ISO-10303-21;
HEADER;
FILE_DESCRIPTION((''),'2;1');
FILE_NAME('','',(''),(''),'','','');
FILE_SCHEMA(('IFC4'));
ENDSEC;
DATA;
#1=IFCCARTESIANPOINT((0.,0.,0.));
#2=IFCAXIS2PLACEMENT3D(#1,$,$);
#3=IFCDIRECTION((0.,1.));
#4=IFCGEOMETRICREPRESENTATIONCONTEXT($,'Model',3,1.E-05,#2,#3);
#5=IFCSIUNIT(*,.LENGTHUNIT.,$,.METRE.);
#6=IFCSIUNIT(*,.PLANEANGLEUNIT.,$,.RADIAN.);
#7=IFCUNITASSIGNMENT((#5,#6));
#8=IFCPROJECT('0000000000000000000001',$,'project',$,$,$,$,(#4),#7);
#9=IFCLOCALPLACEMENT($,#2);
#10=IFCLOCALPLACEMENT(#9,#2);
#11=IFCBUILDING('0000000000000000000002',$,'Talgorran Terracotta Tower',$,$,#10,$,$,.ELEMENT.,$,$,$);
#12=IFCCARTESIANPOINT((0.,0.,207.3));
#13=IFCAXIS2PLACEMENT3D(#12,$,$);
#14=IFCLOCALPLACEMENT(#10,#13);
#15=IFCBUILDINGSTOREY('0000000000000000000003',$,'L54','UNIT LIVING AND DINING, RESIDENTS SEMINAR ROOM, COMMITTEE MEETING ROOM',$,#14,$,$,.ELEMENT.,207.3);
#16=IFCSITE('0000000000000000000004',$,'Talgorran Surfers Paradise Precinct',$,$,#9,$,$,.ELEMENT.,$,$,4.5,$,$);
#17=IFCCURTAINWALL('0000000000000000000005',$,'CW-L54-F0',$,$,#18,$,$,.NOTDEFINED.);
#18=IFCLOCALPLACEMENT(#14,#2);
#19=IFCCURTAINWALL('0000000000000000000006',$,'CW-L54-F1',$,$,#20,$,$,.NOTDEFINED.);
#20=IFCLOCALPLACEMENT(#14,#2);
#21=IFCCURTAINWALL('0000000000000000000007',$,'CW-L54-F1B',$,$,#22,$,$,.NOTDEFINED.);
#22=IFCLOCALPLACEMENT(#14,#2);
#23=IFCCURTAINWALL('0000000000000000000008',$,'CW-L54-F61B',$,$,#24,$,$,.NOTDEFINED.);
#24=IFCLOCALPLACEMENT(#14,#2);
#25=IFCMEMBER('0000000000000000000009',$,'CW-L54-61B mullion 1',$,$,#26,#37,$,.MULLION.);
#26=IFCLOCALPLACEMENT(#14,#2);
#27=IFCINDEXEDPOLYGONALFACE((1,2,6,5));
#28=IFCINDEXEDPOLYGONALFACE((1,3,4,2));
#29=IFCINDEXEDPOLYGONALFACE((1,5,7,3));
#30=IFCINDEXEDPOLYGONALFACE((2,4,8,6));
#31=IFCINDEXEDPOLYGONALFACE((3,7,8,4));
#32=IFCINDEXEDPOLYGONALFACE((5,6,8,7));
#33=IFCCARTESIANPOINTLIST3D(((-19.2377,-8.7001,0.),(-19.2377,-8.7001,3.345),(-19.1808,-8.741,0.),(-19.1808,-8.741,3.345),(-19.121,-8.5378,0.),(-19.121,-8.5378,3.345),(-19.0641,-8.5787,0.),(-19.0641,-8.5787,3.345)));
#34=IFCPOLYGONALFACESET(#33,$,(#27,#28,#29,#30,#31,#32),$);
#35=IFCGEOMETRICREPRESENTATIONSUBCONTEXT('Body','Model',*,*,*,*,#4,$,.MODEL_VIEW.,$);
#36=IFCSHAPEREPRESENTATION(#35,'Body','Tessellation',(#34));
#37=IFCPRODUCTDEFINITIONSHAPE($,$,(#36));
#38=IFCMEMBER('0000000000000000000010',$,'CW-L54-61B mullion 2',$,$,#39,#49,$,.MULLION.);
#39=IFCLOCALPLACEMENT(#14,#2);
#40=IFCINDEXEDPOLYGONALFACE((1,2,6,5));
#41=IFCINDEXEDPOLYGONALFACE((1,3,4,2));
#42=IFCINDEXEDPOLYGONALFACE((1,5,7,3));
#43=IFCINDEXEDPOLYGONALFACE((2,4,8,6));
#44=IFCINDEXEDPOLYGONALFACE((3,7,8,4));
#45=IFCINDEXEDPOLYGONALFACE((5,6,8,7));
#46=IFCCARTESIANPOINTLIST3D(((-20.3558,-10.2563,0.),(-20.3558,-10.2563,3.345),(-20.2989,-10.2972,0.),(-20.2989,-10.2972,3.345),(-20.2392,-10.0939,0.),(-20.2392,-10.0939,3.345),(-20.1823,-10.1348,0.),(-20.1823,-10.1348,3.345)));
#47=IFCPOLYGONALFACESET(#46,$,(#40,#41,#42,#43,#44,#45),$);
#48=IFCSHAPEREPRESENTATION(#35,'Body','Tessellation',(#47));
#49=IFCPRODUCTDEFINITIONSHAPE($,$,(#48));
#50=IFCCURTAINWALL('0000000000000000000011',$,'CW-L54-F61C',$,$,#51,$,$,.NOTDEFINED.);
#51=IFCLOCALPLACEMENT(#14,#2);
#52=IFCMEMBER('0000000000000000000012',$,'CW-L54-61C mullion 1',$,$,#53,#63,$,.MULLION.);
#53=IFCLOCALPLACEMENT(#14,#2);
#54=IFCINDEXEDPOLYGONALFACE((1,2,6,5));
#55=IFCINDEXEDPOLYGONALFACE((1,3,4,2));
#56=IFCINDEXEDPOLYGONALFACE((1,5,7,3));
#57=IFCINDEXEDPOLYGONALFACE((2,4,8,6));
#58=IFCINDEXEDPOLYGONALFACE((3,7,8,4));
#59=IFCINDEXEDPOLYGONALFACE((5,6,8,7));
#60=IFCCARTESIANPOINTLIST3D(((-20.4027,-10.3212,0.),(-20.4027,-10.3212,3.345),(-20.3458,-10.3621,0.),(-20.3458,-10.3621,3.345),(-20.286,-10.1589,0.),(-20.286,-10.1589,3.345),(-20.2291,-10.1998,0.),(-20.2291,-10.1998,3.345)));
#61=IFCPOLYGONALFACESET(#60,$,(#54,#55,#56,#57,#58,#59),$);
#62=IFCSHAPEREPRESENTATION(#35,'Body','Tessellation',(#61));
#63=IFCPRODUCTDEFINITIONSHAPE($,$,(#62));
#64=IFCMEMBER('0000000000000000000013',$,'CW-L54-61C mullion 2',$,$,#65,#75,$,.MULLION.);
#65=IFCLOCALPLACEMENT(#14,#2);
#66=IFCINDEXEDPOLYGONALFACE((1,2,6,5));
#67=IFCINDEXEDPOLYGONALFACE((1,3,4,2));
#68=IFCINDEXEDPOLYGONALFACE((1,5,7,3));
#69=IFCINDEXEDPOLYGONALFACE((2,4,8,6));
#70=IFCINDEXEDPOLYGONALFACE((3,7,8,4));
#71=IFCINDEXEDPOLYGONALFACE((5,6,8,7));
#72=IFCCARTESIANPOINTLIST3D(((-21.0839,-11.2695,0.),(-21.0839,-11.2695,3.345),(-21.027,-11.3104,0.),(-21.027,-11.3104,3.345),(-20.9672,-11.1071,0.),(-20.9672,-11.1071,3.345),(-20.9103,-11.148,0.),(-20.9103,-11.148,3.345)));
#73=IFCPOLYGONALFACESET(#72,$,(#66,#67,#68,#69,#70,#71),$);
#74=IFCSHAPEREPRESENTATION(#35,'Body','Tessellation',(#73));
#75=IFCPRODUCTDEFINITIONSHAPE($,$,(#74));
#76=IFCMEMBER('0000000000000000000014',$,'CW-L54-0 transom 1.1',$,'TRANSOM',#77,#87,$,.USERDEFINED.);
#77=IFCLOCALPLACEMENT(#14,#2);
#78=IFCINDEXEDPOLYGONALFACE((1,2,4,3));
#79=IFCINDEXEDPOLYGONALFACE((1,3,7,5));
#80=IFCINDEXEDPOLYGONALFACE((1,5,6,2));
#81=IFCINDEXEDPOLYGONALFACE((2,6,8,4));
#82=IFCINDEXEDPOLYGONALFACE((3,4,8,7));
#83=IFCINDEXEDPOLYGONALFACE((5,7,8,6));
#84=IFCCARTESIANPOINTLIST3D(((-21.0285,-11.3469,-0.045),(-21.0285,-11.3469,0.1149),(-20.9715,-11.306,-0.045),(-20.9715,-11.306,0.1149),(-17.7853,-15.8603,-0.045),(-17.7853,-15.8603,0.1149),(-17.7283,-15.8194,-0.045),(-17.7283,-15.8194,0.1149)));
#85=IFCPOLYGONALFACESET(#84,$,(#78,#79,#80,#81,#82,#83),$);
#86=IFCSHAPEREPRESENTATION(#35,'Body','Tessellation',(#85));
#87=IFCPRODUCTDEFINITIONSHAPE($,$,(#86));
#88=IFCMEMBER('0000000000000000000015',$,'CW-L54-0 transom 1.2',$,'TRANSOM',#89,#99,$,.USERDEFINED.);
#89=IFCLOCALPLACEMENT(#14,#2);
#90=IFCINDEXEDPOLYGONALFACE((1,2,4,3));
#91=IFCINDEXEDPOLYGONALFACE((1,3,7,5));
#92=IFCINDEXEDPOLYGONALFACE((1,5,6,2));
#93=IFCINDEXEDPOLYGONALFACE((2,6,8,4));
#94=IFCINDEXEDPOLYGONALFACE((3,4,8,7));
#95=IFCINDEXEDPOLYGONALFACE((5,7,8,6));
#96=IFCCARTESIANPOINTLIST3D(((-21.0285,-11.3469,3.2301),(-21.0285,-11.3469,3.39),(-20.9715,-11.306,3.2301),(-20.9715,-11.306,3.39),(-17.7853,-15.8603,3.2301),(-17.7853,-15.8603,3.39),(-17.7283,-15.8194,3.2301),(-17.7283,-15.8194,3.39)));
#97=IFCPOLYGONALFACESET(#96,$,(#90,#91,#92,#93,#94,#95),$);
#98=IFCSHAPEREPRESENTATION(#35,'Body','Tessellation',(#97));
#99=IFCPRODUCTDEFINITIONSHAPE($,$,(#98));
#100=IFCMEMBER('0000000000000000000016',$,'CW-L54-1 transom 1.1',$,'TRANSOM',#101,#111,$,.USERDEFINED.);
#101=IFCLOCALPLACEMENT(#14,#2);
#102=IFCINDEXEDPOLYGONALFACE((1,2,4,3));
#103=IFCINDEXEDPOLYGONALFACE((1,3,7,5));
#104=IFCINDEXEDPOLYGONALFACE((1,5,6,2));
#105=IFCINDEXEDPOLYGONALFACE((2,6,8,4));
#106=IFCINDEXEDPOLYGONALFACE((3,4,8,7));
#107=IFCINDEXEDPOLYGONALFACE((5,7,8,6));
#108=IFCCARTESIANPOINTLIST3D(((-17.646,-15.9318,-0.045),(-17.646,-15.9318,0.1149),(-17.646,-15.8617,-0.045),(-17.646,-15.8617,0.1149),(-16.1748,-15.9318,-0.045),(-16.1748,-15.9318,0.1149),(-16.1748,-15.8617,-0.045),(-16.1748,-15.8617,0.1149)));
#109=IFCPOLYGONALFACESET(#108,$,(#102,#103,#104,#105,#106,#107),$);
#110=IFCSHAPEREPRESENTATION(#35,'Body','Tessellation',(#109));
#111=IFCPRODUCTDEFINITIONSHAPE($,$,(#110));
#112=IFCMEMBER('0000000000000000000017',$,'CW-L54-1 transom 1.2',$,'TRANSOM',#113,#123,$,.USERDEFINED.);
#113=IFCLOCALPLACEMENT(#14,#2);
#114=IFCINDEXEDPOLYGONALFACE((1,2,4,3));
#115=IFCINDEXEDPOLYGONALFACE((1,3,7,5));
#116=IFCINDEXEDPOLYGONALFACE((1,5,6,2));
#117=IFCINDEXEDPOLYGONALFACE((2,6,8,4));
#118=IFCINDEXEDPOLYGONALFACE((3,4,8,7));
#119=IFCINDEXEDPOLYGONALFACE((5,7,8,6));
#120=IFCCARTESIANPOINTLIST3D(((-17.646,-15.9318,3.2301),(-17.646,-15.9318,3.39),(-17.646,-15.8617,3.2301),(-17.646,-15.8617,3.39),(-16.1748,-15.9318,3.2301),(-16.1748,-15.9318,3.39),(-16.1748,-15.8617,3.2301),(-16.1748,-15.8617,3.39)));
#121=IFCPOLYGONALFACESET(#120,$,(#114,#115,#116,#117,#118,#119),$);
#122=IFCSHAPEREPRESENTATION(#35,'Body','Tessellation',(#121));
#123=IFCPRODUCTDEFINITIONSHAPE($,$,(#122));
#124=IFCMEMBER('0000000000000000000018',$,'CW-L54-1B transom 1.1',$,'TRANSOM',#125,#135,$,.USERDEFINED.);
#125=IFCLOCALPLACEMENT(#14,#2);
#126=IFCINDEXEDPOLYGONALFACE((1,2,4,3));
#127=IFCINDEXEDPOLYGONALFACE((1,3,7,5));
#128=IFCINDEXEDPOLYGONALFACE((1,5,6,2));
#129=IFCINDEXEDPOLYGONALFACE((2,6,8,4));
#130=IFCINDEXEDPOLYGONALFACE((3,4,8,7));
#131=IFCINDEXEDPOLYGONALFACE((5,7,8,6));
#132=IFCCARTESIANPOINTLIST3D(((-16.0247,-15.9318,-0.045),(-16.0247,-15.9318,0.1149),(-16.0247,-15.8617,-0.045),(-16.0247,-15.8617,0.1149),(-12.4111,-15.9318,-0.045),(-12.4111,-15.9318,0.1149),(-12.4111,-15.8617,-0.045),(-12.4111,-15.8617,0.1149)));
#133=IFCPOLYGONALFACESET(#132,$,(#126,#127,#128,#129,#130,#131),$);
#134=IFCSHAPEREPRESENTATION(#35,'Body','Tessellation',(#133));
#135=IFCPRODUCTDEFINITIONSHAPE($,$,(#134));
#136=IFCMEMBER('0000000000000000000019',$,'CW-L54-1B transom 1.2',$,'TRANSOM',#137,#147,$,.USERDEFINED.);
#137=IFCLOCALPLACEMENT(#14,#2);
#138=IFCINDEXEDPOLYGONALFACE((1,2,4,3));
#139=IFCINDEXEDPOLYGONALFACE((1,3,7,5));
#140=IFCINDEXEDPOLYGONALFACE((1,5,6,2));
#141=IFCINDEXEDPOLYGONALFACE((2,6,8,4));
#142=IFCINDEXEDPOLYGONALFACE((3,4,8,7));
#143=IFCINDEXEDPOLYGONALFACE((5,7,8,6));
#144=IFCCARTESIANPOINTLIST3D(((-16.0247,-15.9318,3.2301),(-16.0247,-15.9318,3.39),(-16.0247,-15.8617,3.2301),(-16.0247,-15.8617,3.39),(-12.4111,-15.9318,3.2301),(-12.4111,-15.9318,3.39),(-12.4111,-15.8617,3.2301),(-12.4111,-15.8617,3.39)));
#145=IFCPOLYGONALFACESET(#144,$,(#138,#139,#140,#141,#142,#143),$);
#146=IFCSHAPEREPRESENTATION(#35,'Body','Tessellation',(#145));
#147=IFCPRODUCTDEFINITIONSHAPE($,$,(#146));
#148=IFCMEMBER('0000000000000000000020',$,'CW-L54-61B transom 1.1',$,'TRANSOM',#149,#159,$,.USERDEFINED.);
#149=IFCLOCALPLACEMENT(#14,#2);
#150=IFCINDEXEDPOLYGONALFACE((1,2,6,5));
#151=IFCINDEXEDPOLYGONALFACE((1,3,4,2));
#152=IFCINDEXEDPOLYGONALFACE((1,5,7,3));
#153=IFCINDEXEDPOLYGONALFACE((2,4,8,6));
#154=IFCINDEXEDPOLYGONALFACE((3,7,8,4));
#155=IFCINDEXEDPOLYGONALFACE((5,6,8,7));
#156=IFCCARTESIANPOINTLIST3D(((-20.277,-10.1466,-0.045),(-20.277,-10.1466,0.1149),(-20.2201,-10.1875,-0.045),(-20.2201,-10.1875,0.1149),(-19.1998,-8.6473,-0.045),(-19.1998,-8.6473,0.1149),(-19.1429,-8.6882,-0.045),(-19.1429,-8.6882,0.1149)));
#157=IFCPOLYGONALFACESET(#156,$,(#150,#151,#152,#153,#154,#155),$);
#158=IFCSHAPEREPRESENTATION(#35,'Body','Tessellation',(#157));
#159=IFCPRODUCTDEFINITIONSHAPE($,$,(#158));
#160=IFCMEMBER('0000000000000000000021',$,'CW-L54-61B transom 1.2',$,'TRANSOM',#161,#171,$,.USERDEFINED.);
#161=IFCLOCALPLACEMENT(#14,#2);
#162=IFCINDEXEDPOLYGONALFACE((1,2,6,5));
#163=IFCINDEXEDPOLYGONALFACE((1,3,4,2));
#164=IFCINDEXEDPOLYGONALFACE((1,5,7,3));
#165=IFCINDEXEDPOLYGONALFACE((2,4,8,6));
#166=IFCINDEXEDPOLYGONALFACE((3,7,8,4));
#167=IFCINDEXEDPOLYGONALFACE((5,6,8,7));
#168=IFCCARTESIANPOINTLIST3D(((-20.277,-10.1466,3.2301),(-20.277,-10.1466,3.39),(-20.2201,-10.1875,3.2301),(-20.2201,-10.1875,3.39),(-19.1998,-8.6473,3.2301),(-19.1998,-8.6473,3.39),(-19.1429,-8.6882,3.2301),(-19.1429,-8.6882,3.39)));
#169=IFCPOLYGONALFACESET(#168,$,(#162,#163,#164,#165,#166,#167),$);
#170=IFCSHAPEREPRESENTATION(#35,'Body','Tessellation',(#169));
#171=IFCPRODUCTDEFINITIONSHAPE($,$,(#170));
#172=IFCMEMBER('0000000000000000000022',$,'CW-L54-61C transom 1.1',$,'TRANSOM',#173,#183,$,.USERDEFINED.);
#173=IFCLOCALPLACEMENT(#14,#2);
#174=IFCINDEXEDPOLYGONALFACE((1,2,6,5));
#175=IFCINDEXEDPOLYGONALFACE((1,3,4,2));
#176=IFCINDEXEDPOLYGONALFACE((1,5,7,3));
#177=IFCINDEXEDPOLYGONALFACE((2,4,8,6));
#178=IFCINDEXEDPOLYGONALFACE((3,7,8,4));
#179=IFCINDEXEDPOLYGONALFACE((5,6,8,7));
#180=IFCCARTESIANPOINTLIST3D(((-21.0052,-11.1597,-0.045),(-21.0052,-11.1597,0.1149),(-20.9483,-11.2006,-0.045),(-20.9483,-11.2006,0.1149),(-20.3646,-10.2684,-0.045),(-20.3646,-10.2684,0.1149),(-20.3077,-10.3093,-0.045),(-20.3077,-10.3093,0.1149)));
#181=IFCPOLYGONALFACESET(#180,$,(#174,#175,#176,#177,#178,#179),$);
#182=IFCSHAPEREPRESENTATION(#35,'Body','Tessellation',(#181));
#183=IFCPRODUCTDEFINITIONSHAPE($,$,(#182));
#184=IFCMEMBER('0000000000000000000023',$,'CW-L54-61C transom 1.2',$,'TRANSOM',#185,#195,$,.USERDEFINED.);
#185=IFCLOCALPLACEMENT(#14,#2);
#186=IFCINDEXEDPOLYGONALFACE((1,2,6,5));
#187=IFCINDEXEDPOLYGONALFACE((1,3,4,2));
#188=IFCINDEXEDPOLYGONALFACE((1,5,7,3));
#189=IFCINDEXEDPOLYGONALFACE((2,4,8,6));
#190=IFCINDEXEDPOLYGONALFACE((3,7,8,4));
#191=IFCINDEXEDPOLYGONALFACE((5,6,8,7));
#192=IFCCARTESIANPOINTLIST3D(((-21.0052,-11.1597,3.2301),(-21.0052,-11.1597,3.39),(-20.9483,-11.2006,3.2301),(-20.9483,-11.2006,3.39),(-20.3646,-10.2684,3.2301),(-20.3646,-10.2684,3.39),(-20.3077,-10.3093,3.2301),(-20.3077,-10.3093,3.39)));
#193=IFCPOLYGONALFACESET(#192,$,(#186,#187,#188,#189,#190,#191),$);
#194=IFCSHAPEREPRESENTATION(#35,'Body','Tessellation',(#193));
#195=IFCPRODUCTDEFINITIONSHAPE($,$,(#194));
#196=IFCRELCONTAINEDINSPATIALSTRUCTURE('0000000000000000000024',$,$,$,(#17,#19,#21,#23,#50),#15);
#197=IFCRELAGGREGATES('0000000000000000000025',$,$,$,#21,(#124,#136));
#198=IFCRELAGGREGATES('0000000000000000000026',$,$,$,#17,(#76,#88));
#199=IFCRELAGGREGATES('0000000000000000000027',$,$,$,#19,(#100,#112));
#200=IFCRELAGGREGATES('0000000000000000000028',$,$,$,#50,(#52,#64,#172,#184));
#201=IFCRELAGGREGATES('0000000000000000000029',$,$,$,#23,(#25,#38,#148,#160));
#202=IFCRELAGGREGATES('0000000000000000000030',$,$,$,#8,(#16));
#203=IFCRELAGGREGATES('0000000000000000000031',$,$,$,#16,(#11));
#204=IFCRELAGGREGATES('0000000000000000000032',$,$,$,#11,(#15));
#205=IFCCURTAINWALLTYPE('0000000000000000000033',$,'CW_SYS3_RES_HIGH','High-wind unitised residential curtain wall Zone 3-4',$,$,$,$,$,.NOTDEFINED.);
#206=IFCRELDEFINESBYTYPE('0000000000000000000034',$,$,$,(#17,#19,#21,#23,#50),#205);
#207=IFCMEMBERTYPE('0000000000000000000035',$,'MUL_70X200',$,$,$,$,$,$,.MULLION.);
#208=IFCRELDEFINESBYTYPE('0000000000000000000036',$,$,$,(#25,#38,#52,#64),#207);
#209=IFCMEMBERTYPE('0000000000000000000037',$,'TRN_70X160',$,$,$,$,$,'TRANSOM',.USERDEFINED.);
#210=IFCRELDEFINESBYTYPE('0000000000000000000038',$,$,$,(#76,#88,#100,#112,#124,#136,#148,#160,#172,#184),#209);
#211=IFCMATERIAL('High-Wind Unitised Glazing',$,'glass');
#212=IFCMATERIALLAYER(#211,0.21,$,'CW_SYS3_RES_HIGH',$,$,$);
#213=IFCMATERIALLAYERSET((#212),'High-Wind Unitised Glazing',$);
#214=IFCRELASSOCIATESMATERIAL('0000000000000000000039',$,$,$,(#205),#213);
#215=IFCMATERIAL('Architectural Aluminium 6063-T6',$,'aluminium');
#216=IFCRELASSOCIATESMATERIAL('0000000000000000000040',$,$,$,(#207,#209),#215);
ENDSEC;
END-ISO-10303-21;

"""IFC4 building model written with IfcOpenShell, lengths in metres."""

from ifc_helpers import new_model, si_unit, direction, frame, origin, origin_2d, place, context, subcontext, project, spatial, rectangle, extrude, material, layer, layer_set, material_profile, profile_set, type_object, element, aggregate, save


model = new_model("IFC4")

# Units and contexts
model_context = context("Model", 3, precision=1e-05, world=origin(), true_north=direction((0.0, 1.0)))
body_context = subcontext(model_context, "Body", "Model", "MODEL_VIEW")
ifc_project = project(units=[si_unit("LENGTHUNIT", "METRE"), si_unit("PLANEANGLEUNIT", "RADIAN")], contexts=[model_context])

# Site, building, storey
site_placement = place(None, origin())
site = spatial("IfcSite", under=ifc_project, at=site_placement, Name="Talgorran Surfers Paradise Precinct", CompositionType="ELEMENT", RefElevation=4.5)
building_placement = place(site_placement, origin())
building = spatial("IfcBuilding", under=site, at=building_placement, Name="Talgorran Terracotta Tower", CompositionType="ELEMENT")
storey_placement = place(building_placement, frame((0.0, 0.0, 207.3)))
storey = spatial("IfcBuildingStorey", under=building, at=storey_placement, Name="L54", Description="UNIT LIVING AND DINING, RESIDENTS SEMINAR ROOM, COMMITTEE MEETING ROOM", CompositionType="ELEMENT", Elevation=207.3)

# Curtain walls
ifc_material_1 = material(Name="High-Wind Unitised Glazing", Category="glass")
ifc_layer_1 = layer(ifc_material_1, 0.21, Name="CW_SYS3_RES_HIGH")
ifc_layer_set_1 = layer_set([ifc_layer_1], Name="High-Wind Unitised Glazing")
curtain_wall_type = type_object("IfcCurtainWallType", Name="CW_SYS3_RES_HIGH", Description="High-wind unitised residential curtain wall Zone 3-4", PredefinedType="NOTDEFINED", material=ifc_layer_set_1)
curtain_wall_1_placement = place(storey_placement, origin())
curtain_wall_1 = element("IfcCurtainWall", 1, at=curtain_wall_1_placement, inside=storey, type_object=curtain_wall_type, Name="CW-L54-F0", PredefinedType="NOTDEFINED")
ifc_material_2 = material(Name="Architectural Aluminium 6063-T6", Category="aluminium")
ifc_material_profile_1 = material_profile(ifc_material_2, rectangle(XDim=0.0701, YDim=0.2, at=origin_2d()), Name="CWM70X200")
ifc_profile_set_1 = profile_set([ifc_material_profile_1], Name="Architectural Aluminium 6063-T6")
member_type_1 = type_object("IfcMemberType", Name="MUL_70X200", PredefinedType="MULLION", material=ifc_profile_set_1)
curtain_wall_2_placement = place(storey_placement, origin())
curtain_wall_2 = element("IfcCurtainWall", 2, at=curtain_wall_2_placement, inside=storey, type_object=curtain_wall_type, Name="CW-L54-F1", PredefinedType="NOTDEFINED")

# Curtain wall
curtain_wall_3_placement = place(storey_placement, origin())
curtain_wall_3 = element("IfcCurtainWall", 3, at=curtain_wall_3_placement, inside=storey, type_object=curtain_wall_type, Name="CW-L54-F1B", PredefinedType="NOTDEFINED")

# Curtain walls, members
curtain_wall_4_placement = place(storey_placement, origin())
curtain_wall_4 = element("IfcCurtainWall", 4, at=curtain_wall_4_placement, inside=storey, type_object=curtain_wall_type, Name="CW-L54-F61B", PredefinedType="NOTDEFINED")
member_1_placement = place(storey_placement, frame((-19.1509, -8.6394, 0.0), z_axis=(0.0, 0.0, 1.0), x_axis=(0.81208, -0.583546, 0.0)))
member_1 = element("IfcMember", 5, at=member_1_placement, type_object=member_type_1, Name="CW-L54-61B mullion 1", PredefinedType="MULLION", context=body_context, shape_type="SweptSolid", body=[
    extrude(rectangle(XDim=0.0701, YDim=0.2, at=origin_2d()), origin(), (0.0, 0.0, 1.0), 3.345),
])
member_2_placement = place(storey_placement, frame((-20.269, -10.1956, 0.0), z_axis=(0.0, 0.0, 1.0), x_axis=(0.81208, -0.583546, 0.0)))
member_2 = element("IfcMember", 6, at=member_2_placement, type_object=member_type_1, Name="CW-L54-61B mullion 2", PredefinedType="MULLION", context=body_context, shape_type="SweptSolid", body=[
    extrude(rectangle(XDim=0.0701, YDim=0.2, at=origin_2d()), origin(), (0.0, 0.0, 1.0), 3.345),
])
curtain_wall_5_placement = place(storey_placement, origin())
curtain_wall_5 = element("IfcCurtainWall", 7, at=curtain_wall_5_placement, inside=storey, type_object=curtain_wall_type, Name="CW-L54-F61C", PredefinedType="NOTDEFINED")
member_3_placement = place(storey_placement, frame((-20.3159, -10.2605, 0.0), z_axis=(0.0, 0.0, 1.0), x_axis=(0.812098, -0.583521, 0.0)))
member_3 = element("IfcMember", 8, at=member_3_placement, type_object=member_type_1, Name="CW-L54-61C mullion 1", PredefinedType="MULLION", context=body_context, shape_type="SweptSolid", body=[
    extrude(rectangle(XDim=0.0701, YDim=0.2, at=origin_2d()), origin(), (0.0, 0.0, 1.0), 3.345),
])
member_4_placement = place(storey_placement, frame((-20.9971, -11.2087, 0.0), z_axis=(0.0, 0.0, 1.0), x_axis=(0.812098, -0.583521, 0.0)))
member_4 = element("IfcMember", 9, at=member_4_placement, type_object=member_type_1, Name="CW-L54-61C mullion 2", PredefinedType="MULLION", context=body_context, shape_type="SweptSolid", body=[
    extrude(rectangle(XDim=0.0701, YDim=0.2, at=origin_2d()), origin(), (0.0, 0.0, 1.0), 3.345),
])

# Members
ifc_material_profile_2 = material_profile(ifc_material_2, rectangle(XDim=0.0701, YDim=0.1599, at=origin_2d()), Name="CWT70X160")
ifc_profile_set_2 = profile_set([ifc_material_profile_2], Name="Architectural Aluminium 6063-T6")
member_type_2 = type_object("IfcMemberType", Name="TRN_70X160", ElementType="TRANSOM", PredefinedType="USERDEFINED", material=ifc_profile_set_2)
member_5_placement = place(storey_placement, frame((-21.0, -11.3264, 0.0349), z_axis=(0.583534, -0.812089, 0.0), x_axis=(0.812089, 0.583534, 0.0)))
member_5 = element("IfcMember", 10, at=member_5_placement, type_object=member_type_2, Name="CW-L54-0 transom 1.1", ObjectType="TRANSOM", PredefinedType="USERDEFINED", context=body_context, shape_type="SweptSolid", body=[
    extrude(rectangle(XDim=0.0701, YDim=0.1599, at=origin_2d()), origin(), (0.0, 0.0, 1.0), 5.5579),
])
member_6_placement = place(storey_placement, frame((-21.0, -11.3264, 3.3101), z_axis=(0.583534, -0.812089, 0.0), x_axis=(0.812089, 0.583534, 0.0)))
member_6 = element("IfcMember", 11, at=member_6_placement, type_object=member_type_2, Name="CW-L54-0 transom 1.2", ObjectType="TRANSOM", PredefinedType="USERDEFINED", context=body_context, shape_type="SweptSolid", body=[
    extrude(rectangle(XDim=0.0701, YDim=0.1599, at=origin_2d()), origin(), (0.0, 0.0, 1.0), 5.5579),
])
member_7_placement = place(storey_placement, frame((-17.646, -15.8967, 0.0349), z_axis=(1.0, 0.0, 0.0), x_axis=(0.0, 1.0, 0.0)))
member_7 = element("IfcMember", 12, at=member_7_placement, type_object=member_type_2, Name="CW-L54-1 transom 1.1", ObjectType="TRANSOM", PredefinedType="USERDEFINED", context=body_context, shape_type="SweptSolid", body=[
    extrude(rectangle(XDim=0.0701, YDim=0.1599, at=origin_2d()), origin(), (0.0, 0.0, 1.0), 1.4712),
])
member_8_placement = place(storey_placement, frame((-17.646, -15.8967, 3.3101), z_axis=(1.0, 0.0, 0.0), x_axis=(0.0, 1.0, 0.0)))
member_8 = element("IfcMember", 13, at=member_8_placement, type_object=member_type_2, Name="CW-L54-1 transom 1.2", ObjectType="TRANSOM", PredefinedType="USERDEFINED", context=body_context, shape_type="SweptSolid", body=[
    extrude(rectangle(XDim=0.0701, YDim=0.1599, at=origin_2d()), origin(), (0.0, 0.0, 1.0), 1.4712),
])
member_9_placement = place(storey_placement, frame((-16.0247, -15.8967, 0.0349), z_axis=(1.0, 0.0, 0.0), x_axis=(0.0, 1.0, 0.0)))
member_9 = element("IfcMember", 14, at=member_9_placement, type_object=member_type_2, Name="CW-L54-1B transom 1.1", ObjectType="TRANSOM", PredefinedType="USERDEFINED", context=body_context, shape_type="SweptSolid", body=[
    extrude(rectangle(XDim=0.0701, YDim=0.1599, at=origin_2d()), origin(), (0.0, 0.0, 1.0), 3.6135),
])
member_10_placement = place(storey_placement, frame((-16.0247, -15.8967, 3.3101), z_axis=(1.0, 0.0, 0.0), x_axis=(0.0, 1.0, 0.0)))
member_10 = element("IfcMember", 15, at=member_10_placement, type_object=member_type_2, Name="CW-L54-1B transom 1.2", ObjectType="TRANSOM", PredefinedType="USERDEFINED", context=body_context, shape_type="SweptSolid", body=[
    extrude(rectangle(XDim=0.0701, YDim=0.1599, at=origin_2d()), origin(), (0.0, 0.0, 1.0), 3.6135),
])
aggregate(curtain_wall_3, [member_9, member_10])
member_11_placement = place(storey_placement, frame((-19.1714, -8.6677, 0.0349), z_axis=(-0.583475, -0.812131, 0.0), x_axis=(0.812131, -0.583475, 0.0)))
member_11 = element("IfcMember", 16, at=member_11_placement, type_object=member_type_2, Name="CW-L54-61B transom 1.1", ObjectType="TRANSOM", PredefinedType="USERDEFINED", context=body_context, shape_type="SweptSolid", body=[
    extrude(rectangle(XDim=0.0701, YDim=0.1599, at=origin_2d()), origin(), (0.0, 0.0, 1.0), 1.8462),
])
member_12_placement = place(storey_placement, frame((-19.1714, -8.6677, 3.3101), z_axis=(-0.583475, -0.812131, 0.0), x_axis=(0.812131, -0.583475, 0.0)))
member_12 = element("IfcMember", 17, at=member_12_placement, type_object=member_type_2, Name="CW-L54-61B transom 1.2", ObjectType="TRANSOM", PredefinedType="USERDEFINED", context=body_context, shape_type="SweptSolid", body=[
    extrude(rectangle(XDim=0.0701, YDim=0.1599, at=origin_2d()), origin(), (0.0, 0.0, 1.0), 1.8462),
])
member_13_placement = place(storey_placement, frame((-20.3362, -10.2888, 0.0349), z_axis=(-0.583613, -0.812032, 0.0), x_axis=(0.812032, -0.583613, 0.0)))
member_13 = element("IfcMember", 18, at=member_13_placement, type_object=member_type_2, Name="CW-L54-61C transom 1.1", ObjectType="TRANSOM", PredefinedType="USERDEFINED", context=body_context, shape_type="SweptSolid", body=[
    extrude(rectangle(XDim=0.0701, YDim=0.1599, at=origin_2d()), origin(), (0.0, 0.0, 1.0), 1.0977),
])
member_14_placement = place(storey_placement, frame((-20.3362, -10.2888, 3.3101), z_axis=(-0.583613, -0.812032, 0.0), x_axis=(0.812032, -0.583613, 0.0)))
member_14 = element("IfcMember", 19, at=member_14_placement, type_object=member_type_2, Name="CW-L54-61C transom 1.2", ObjectType="TRANSOM", PredefinedType="USERDEFINED", context=body_context, shape_type="SweptSolid", body=[
    extrude(rectangle(XDim=0.0701, YDim=0.1599, at=origin_2d()), origin(), (0.0, 0.0, 1.0), 1.0977),
])

aggregate(curtain_wall_1, [member_5, member_6])
aggregate(curtain_wall_2, [member_7, member_8])
aggregate(curtain_wall_5, [member_3, member_4, member_13, member_14])
aggregate(curtain_wall_4, [member_1, member_2, member_11, member_12])

save(model, "model.ifc")
